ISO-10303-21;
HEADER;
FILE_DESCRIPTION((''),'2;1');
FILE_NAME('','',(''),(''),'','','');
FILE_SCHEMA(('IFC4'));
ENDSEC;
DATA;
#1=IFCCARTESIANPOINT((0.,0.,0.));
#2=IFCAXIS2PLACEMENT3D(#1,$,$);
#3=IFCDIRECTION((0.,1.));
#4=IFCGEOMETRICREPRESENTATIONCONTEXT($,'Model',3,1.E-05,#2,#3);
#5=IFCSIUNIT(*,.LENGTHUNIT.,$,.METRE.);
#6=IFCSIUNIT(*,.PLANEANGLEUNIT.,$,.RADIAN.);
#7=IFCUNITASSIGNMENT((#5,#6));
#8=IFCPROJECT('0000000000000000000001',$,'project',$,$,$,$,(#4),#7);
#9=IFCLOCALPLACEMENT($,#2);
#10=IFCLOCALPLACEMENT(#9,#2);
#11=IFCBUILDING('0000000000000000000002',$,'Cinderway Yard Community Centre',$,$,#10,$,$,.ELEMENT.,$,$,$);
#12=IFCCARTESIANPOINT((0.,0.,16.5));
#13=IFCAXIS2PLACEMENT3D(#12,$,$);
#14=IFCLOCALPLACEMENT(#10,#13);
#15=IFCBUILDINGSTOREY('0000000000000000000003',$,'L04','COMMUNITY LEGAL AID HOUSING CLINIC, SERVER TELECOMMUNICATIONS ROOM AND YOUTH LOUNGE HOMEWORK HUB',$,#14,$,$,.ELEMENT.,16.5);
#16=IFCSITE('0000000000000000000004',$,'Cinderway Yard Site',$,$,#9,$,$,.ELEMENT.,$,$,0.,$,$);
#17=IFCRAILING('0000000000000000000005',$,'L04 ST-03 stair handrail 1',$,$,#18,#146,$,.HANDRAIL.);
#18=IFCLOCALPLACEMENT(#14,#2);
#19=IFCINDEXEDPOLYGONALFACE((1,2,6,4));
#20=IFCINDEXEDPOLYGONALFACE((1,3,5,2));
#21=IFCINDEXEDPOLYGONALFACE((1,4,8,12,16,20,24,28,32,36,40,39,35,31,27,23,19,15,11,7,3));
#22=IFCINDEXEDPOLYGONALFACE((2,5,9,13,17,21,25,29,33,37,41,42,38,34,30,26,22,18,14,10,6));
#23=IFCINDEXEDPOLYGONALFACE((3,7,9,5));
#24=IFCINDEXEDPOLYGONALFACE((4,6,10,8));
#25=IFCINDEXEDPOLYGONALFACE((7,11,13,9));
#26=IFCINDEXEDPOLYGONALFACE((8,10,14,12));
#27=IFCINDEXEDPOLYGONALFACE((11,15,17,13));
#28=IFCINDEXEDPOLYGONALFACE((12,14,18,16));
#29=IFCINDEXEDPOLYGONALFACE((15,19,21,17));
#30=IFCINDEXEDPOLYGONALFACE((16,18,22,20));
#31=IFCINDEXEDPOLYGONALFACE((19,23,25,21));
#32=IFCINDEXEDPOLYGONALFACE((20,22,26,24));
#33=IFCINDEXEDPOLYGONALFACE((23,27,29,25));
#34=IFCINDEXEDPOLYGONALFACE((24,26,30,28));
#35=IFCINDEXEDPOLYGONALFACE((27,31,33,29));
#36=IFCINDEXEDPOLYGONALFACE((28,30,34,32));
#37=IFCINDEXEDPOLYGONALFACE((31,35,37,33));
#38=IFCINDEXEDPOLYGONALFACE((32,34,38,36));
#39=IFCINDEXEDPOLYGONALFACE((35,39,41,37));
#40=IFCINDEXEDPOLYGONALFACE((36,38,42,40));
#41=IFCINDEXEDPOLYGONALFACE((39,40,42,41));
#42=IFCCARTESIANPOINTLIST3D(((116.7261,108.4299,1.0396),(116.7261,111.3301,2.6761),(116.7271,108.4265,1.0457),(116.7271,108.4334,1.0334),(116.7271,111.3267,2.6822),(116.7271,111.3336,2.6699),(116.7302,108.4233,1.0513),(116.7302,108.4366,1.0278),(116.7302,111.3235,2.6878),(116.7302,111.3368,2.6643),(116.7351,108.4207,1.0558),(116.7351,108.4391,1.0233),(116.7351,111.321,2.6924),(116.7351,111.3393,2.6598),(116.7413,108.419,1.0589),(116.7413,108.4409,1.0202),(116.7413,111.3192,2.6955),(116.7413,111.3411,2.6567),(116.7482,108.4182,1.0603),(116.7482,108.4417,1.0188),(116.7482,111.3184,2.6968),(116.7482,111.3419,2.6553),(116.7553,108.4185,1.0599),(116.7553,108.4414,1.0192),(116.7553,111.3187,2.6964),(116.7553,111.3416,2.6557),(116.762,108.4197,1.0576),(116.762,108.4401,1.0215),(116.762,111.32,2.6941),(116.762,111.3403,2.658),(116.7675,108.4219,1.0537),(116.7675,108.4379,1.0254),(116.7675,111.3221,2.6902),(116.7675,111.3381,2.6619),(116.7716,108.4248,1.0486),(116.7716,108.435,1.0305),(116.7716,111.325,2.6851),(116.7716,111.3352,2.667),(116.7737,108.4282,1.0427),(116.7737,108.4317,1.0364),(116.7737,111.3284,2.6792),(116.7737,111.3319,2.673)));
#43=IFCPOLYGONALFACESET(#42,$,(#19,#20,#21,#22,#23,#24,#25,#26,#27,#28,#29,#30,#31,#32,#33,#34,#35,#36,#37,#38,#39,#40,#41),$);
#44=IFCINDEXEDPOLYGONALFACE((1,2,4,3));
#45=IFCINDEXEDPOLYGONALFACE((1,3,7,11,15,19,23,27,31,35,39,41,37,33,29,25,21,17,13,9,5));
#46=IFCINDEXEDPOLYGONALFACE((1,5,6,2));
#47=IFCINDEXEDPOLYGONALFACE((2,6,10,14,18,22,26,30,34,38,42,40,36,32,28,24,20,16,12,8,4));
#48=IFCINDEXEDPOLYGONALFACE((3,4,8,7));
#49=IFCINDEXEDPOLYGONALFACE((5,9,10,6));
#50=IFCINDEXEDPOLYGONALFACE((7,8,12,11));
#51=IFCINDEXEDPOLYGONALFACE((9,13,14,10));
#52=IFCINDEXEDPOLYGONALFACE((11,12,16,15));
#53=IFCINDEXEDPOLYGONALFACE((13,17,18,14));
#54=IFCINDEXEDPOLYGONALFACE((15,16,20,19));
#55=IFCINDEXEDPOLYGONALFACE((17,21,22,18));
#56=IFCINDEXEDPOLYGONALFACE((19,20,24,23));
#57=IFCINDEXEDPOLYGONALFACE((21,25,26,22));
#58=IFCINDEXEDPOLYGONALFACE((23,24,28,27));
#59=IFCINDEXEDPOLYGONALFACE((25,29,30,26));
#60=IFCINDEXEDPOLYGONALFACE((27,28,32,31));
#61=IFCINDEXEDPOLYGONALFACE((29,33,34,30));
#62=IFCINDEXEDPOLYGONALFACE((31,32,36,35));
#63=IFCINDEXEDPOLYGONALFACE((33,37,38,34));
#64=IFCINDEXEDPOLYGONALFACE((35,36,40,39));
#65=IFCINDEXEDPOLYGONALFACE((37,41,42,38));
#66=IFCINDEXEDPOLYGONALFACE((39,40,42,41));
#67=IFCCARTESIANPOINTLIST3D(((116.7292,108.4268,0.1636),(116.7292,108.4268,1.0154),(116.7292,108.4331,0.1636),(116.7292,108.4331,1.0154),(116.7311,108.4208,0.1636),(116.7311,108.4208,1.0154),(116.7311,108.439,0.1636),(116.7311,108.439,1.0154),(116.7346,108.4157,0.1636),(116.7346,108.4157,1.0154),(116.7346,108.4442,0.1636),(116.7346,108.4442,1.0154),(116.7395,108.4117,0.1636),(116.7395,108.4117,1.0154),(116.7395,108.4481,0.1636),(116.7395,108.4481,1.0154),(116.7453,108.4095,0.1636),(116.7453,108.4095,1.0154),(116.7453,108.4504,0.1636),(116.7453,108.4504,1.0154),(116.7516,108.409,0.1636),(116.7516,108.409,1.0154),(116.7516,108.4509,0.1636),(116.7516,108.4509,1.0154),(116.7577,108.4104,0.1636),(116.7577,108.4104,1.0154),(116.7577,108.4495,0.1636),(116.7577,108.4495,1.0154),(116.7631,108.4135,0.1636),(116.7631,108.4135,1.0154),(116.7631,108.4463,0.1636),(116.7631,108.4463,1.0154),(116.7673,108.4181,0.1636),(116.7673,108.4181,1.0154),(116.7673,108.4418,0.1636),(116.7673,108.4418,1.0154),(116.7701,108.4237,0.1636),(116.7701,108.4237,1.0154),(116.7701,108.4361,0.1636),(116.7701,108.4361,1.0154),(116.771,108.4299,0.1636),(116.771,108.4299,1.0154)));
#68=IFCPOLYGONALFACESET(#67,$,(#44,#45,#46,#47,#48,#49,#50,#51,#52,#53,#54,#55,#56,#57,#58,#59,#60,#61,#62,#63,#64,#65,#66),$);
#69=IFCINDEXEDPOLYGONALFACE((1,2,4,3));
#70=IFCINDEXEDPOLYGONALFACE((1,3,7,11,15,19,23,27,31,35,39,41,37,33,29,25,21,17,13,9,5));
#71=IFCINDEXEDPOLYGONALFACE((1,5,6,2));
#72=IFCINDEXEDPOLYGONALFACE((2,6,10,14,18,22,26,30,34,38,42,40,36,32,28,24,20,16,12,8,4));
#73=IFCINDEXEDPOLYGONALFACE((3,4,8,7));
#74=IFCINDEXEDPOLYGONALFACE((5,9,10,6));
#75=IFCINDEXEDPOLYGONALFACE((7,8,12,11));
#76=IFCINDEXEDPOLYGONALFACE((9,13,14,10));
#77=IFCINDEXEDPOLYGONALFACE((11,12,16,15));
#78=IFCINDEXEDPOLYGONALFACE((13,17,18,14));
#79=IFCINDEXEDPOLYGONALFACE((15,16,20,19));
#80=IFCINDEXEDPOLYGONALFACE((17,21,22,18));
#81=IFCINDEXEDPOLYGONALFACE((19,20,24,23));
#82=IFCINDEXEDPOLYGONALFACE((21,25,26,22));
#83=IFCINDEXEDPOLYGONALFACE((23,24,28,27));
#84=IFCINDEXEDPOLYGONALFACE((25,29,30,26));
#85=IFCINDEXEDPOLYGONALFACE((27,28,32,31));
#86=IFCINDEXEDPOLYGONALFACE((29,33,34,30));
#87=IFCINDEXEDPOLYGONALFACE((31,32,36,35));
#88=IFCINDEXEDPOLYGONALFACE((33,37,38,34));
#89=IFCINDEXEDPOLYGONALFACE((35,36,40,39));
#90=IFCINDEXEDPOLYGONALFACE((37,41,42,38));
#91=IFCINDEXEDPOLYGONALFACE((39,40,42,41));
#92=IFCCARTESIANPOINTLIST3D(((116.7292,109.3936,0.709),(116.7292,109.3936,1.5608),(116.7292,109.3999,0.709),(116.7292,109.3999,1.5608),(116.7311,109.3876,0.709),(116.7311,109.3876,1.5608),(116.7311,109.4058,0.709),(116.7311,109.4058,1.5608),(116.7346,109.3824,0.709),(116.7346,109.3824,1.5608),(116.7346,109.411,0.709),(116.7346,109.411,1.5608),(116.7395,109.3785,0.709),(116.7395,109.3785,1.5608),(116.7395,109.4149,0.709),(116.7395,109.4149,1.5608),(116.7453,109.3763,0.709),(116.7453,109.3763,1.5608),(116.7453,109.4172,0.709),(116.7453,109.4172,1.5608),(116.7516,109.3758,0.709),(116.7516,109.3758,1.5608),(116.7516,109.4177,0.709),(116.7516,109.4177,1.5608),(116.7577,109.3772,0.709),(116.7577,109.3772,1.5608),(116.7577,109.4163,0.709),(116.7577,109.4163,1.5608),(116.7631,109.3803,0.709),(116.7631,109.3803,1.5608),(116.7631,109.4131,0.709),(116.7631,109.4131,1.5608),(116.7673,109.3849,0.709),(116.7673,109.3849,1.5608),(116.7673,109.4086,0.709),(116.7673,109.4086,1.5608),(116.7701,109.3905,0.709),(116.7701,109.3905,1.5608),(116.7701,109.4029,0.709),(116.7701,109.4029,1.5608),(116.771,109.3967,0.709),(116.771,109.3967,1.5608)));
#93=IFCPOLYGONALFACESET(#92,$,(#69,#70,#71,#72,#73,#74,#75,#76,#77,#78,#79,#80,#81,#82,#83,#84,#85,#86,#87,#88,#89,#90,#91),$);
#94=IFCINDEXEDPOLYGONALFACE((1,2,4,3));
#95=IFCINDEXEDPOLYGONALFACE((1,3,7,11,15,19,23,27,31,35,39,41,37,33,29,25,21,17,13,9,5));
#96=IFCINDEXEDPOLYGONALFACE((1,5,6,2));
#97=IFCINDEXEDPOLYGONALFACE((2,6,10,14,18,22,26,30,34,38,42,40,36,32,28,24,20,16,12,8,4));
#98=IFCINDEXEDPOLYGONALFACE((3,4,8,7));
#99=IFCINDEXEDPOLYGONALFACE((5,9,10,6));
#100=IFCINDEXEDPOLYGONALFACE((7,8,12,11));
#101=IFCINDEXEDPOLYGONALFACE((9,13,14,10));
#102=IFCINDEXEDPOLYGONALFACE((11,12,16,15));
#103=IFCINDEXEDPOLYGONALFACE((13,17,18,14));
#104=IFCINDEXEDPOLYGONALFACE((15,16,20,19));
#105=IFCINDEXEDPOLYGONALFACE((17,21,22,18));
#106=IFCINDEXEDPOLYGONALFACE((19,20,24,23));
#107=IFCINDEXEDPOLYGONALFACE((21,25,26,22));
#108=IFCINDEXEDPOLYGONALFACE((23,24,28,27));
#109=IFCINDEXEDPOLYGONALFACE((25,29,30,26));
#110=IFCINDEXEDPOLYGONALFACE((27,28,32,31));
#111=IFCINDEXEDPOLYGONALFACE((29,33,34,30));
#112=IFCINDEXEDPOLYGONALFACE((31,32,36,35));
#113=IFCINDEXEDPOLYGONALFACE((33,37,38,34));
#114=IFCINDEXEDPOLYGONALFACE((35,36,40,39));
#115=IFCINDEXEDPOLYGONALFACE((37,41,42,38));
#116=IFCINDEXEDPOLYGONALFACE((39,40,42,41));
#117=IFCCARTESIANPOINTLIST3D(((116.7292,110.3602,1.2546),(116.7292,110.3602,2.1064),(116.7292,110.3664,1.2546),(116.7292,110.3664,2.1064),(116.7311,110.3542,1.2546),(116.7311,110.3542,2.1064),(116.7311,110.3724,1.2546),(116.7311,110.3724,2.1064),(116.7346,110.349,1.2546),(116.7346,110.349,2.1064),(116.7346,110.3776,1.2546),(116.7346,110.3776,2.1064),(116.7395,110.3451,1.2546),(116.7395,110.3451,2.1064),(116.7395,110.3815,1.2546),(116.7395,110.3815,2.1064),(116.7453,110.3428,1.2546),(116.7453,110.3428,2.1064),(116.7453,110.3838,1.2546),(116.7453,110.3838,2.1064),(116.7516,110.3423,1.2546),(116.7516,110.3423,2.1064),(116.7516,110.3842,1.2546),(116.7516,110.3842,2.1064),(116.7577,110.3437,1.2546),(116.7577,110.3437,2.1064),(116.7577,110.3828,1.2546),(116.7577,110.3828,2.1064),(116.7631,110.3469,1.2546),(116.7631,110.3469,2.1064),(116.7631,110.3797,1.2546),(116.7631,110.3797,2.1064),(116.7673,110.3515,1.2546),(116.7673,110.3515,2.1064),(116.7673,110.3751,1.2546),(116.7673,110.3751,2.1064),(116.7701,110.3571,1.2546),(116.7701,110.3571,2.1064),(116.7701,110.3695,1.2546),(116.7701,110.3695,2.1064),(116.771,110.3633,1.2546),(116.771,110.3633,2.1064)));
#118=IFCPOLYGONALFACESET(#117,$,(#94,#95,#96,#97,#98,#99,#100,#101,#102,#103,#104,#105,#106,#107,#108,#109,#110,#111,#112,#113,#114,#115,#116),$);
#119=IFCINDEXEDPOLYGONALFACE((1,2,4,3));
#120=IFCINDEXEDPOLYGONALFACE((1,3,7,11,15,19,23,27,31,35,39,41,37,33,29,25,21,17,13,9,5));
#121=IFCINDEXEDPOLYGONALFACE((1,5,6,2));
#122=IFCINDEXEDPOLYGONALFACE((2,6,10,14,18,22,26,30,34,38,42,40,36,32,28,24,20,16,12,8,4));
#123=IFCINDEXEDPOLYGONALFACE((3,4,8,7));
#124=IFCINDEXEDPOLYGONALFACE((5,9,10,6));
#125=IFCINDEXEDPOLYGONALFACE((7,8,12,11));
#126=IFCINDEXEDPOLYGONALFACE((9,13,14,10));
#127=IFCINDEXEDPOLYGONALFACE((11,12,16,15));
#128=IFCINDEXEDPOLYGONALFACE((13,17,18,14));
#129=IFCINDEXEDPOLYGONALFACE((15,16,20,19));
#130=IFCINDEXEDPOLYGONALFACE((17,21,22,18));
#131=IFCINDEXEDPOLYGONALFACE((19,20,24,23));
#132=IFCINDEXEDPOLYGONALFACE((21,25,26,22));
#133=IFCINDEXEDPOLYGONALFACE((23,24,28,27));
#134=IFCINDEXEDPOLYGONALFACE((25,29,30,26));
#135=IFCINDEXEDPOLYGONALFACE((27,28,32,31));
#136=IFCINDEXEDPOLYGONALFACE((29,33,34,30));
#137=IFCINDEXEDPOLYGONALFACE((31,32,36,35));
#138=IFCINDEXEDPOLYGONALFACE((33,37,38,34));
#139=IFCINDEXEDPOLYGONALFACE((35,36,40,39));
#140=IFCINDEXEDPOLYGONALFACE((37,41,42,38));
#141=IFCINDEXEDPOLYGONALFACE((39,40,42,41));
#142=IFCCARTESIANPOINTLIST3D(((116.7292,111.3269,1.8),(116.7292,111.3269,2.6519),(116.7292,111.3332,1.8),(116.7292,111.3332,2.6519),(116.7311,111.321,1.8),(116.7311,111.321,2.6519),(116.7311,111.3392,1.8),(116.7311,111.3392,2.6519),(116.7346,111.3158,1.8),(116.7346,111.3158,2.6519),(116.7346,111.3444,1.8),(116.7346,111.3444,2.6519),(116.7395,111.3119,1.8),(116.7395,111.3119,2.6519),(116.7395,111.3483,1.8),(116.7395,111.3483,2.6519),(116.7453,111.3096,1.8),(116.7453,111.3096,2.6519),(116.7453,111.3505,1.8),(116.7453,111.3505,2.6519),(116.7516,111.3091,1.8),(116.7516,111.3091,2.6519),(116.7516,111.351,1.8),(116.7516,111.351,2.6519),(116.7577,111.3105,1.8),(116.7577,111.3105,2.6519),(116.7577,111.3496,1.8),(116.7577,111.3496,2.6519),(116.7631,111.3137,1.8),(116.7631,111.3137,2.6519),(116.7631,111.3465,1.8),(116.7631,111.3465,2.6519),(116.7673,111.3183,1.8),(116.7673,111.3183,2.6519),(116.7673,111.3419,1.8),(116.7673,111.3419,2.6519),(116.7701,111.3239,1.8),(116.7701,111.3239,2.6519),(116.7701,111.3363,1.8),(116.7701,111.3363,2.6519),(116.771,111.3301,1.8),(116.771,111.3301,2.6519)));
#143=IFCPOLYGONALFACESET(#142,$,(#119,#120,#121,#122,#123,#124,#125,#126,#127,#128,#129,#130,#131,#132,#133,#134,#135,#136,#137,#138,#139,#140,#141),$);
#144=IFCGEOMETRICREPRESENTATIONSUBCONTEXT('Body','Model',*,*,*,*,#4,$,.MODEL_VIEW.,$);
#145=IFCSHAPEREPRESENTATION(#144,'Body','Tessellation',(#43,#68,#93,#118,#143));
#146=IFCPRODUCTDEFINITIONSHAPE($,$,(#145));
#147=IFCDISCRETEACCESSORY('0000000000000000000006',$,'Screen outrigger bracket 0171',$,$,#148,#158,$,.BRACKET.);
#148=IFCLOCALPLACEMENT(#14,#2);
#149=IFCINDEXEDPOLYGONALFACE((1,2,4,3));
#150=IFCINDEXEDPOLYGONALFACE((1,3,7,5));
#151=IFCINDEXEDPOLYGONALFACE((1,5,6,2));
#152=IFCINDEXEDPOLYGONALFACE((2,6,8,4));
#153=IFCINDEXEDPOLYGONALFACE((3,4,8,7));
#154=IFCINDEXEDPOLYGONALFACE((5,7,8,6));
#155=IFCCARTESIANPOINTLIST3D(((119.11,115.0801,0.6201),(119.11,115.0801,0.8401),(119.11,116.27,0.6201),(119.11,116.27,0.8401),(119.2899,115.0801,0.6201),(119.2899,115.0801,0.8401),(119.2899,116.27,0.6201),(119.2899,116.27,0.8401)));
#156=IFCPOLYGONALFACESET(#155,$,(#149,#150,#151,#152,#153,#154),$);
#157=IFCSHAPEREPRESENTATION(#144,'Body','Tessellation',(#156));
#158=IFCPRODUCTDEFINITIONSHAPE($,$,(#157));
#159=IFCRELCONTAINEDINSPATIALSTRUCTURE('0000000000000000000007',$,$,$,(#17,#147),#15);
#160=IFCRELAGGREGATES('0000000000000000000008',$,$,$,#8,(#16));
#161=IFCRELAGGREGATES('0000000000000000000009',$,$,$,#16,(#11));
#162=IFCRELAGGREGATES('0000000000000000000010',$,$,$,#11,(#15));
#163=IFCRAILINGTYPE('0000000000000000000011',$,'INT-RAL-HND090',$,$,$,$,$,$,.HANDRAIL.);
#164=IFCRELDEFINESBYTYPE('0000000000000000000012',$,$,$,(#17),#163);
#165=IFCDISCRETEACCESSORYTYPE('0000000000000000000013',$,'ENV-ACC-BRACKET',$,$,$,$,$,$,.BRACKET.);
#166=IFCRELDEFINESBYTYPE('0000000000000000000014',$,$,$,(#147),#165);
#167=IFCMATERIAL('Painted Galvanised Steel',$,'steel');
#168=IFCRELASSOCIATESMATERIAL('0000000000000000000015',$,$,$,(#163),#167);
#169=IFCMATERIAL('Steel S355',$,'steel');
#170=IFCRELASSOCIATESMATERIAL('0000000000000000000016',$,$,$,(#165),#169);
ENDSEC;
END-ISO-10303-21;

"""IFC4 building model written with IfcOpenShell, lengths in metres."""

from ifc_helpers import new_model, si_unit, direction, frame, origin, origin_2d, place, context, subcontext, project, spatial, rectangle, circle, extrude, material, type_object, element, save


model = new_model("IFC4")

# Units and contexts
model_context = context("Model", 3, precision=1e-05, world=origin(), true_north=direction((0.0, 1.0)))
body_context = subcontext(model_context, "Body", "Model", "MODEL_VIEW")
ifc_project = project(units=[si_unit("LENGTHUNIT", "METRE"), si_unit("PLANEANGLEUNIT", "RADIAN")], contexts=[model_context])

# Site, building, storey
site_placement = place(None, origin())
site = spatial("IfcSite", under=ifc_project, at=site_placement, Name="Cinderway Yard Site", CompositionType="ELEMENT", RefElevation=0.0)
building_placement = place(site_placement, origin())
building = spatial("IfcBuilding", under=site, at=building_placement, Name="Cinderway Yard Community Centre", CompositionType="ELEMENT")
storey_placement = place(building_placement, frame((0.0, 0.0, 16.5)))
storey = spatial("IfcBuildingStorey", under=building, at=storey_placement, Name="L04", Description="COMMUNITY LEGAL AID HOUSING CLINIC, SERVER TELECOMMUNICATIONS ROOM AND YOUTH LOUNGE HOMEWORK HUB", CompositionType="ELEMENT", Elevation=16.5)

# Shared definitions
ifc_material_1 = material(Name="Steel S355", Category="steel")

# Shared definitions
ifc_material_2 = material(Name="Painted Galvanised Steel", Category="steel")

# Railing
railing_type_1 = type_object("IfcRailingType", Name="INT-RAL-HND090", PredefinedType="HANDRAIL", material=ifc_material_2)
railing_1_placement = place(storey_placement, frame((116.75, 108.4299, 0.1636)))
element("IfcRailing", 1, at=railing_1_placement, inside=storey, type_object=railing_type_1, Name="L04 ST-03 stair handrail 1", PredefinedType="HANDRAIL", context=body_context, shape_type="SweptSolid", body=[
    extrude(circle(Radius=0.0239, at=origin_2d()), frame((0.0, 0.0, 0.876), z_axis=(0.0, 0.870915, 0.491434), x_axis=(-1.0, 0.0, 0.0)), (0.0, 0.0, 1.0), 3.3301),
    extrude(circle(Radius=0.021, at=origin_2d()), origin(), (0.0, 0.0, 1.0), 0.8518),
    extrude(circle(Radius=0.021, at=origin_2d()), frame((0.0, 0.9668, 0.5454)), (0.0, 0.0, 1.0), 0.8518),
    extrude(circle(Radius=0.021, at=origin_2d()), frame((0.0, 1.9333, 1.0911)), (0.0, 0.0, 1.0), 0.8518),
    extrude(circle(Radius=0.021, at=origin_2d()), frame((0.0, 2.9001, 1.6365)), (0.0, 0.0, 1.0), 0.8518),
])

# Discrete accessory
discrete_accessory_type = type_object("IfcDiscreteAccessoryType", Name="ENV-ACC-BRACKET", PredefinedType="BRACKET", material=ifc_material_1)
discrete_accessory_placement = place(storey_placement, frame((119.2, 115.675, 0.6201), z_axis=(0.0, 0.0, 1.0), x_axis=(0.0, 1.0, 0.0)))
element("IfcDiscreteAccessory", 2, at=discrete_accessory_placement, inside=storey, type_object=discrete_accessory_type, Name="Screen outrigger bracket 0171", PredefinedType="BRACKET", context=body_context, shape_type="SweptSolid", body=[
    extrude(rectangle(XDim=1.1899, YDim=0.1799, at=origin_2d()), origin(), (0.0, 0.0, 1.0), 0.22),
])

save(model, "model.ifc")
